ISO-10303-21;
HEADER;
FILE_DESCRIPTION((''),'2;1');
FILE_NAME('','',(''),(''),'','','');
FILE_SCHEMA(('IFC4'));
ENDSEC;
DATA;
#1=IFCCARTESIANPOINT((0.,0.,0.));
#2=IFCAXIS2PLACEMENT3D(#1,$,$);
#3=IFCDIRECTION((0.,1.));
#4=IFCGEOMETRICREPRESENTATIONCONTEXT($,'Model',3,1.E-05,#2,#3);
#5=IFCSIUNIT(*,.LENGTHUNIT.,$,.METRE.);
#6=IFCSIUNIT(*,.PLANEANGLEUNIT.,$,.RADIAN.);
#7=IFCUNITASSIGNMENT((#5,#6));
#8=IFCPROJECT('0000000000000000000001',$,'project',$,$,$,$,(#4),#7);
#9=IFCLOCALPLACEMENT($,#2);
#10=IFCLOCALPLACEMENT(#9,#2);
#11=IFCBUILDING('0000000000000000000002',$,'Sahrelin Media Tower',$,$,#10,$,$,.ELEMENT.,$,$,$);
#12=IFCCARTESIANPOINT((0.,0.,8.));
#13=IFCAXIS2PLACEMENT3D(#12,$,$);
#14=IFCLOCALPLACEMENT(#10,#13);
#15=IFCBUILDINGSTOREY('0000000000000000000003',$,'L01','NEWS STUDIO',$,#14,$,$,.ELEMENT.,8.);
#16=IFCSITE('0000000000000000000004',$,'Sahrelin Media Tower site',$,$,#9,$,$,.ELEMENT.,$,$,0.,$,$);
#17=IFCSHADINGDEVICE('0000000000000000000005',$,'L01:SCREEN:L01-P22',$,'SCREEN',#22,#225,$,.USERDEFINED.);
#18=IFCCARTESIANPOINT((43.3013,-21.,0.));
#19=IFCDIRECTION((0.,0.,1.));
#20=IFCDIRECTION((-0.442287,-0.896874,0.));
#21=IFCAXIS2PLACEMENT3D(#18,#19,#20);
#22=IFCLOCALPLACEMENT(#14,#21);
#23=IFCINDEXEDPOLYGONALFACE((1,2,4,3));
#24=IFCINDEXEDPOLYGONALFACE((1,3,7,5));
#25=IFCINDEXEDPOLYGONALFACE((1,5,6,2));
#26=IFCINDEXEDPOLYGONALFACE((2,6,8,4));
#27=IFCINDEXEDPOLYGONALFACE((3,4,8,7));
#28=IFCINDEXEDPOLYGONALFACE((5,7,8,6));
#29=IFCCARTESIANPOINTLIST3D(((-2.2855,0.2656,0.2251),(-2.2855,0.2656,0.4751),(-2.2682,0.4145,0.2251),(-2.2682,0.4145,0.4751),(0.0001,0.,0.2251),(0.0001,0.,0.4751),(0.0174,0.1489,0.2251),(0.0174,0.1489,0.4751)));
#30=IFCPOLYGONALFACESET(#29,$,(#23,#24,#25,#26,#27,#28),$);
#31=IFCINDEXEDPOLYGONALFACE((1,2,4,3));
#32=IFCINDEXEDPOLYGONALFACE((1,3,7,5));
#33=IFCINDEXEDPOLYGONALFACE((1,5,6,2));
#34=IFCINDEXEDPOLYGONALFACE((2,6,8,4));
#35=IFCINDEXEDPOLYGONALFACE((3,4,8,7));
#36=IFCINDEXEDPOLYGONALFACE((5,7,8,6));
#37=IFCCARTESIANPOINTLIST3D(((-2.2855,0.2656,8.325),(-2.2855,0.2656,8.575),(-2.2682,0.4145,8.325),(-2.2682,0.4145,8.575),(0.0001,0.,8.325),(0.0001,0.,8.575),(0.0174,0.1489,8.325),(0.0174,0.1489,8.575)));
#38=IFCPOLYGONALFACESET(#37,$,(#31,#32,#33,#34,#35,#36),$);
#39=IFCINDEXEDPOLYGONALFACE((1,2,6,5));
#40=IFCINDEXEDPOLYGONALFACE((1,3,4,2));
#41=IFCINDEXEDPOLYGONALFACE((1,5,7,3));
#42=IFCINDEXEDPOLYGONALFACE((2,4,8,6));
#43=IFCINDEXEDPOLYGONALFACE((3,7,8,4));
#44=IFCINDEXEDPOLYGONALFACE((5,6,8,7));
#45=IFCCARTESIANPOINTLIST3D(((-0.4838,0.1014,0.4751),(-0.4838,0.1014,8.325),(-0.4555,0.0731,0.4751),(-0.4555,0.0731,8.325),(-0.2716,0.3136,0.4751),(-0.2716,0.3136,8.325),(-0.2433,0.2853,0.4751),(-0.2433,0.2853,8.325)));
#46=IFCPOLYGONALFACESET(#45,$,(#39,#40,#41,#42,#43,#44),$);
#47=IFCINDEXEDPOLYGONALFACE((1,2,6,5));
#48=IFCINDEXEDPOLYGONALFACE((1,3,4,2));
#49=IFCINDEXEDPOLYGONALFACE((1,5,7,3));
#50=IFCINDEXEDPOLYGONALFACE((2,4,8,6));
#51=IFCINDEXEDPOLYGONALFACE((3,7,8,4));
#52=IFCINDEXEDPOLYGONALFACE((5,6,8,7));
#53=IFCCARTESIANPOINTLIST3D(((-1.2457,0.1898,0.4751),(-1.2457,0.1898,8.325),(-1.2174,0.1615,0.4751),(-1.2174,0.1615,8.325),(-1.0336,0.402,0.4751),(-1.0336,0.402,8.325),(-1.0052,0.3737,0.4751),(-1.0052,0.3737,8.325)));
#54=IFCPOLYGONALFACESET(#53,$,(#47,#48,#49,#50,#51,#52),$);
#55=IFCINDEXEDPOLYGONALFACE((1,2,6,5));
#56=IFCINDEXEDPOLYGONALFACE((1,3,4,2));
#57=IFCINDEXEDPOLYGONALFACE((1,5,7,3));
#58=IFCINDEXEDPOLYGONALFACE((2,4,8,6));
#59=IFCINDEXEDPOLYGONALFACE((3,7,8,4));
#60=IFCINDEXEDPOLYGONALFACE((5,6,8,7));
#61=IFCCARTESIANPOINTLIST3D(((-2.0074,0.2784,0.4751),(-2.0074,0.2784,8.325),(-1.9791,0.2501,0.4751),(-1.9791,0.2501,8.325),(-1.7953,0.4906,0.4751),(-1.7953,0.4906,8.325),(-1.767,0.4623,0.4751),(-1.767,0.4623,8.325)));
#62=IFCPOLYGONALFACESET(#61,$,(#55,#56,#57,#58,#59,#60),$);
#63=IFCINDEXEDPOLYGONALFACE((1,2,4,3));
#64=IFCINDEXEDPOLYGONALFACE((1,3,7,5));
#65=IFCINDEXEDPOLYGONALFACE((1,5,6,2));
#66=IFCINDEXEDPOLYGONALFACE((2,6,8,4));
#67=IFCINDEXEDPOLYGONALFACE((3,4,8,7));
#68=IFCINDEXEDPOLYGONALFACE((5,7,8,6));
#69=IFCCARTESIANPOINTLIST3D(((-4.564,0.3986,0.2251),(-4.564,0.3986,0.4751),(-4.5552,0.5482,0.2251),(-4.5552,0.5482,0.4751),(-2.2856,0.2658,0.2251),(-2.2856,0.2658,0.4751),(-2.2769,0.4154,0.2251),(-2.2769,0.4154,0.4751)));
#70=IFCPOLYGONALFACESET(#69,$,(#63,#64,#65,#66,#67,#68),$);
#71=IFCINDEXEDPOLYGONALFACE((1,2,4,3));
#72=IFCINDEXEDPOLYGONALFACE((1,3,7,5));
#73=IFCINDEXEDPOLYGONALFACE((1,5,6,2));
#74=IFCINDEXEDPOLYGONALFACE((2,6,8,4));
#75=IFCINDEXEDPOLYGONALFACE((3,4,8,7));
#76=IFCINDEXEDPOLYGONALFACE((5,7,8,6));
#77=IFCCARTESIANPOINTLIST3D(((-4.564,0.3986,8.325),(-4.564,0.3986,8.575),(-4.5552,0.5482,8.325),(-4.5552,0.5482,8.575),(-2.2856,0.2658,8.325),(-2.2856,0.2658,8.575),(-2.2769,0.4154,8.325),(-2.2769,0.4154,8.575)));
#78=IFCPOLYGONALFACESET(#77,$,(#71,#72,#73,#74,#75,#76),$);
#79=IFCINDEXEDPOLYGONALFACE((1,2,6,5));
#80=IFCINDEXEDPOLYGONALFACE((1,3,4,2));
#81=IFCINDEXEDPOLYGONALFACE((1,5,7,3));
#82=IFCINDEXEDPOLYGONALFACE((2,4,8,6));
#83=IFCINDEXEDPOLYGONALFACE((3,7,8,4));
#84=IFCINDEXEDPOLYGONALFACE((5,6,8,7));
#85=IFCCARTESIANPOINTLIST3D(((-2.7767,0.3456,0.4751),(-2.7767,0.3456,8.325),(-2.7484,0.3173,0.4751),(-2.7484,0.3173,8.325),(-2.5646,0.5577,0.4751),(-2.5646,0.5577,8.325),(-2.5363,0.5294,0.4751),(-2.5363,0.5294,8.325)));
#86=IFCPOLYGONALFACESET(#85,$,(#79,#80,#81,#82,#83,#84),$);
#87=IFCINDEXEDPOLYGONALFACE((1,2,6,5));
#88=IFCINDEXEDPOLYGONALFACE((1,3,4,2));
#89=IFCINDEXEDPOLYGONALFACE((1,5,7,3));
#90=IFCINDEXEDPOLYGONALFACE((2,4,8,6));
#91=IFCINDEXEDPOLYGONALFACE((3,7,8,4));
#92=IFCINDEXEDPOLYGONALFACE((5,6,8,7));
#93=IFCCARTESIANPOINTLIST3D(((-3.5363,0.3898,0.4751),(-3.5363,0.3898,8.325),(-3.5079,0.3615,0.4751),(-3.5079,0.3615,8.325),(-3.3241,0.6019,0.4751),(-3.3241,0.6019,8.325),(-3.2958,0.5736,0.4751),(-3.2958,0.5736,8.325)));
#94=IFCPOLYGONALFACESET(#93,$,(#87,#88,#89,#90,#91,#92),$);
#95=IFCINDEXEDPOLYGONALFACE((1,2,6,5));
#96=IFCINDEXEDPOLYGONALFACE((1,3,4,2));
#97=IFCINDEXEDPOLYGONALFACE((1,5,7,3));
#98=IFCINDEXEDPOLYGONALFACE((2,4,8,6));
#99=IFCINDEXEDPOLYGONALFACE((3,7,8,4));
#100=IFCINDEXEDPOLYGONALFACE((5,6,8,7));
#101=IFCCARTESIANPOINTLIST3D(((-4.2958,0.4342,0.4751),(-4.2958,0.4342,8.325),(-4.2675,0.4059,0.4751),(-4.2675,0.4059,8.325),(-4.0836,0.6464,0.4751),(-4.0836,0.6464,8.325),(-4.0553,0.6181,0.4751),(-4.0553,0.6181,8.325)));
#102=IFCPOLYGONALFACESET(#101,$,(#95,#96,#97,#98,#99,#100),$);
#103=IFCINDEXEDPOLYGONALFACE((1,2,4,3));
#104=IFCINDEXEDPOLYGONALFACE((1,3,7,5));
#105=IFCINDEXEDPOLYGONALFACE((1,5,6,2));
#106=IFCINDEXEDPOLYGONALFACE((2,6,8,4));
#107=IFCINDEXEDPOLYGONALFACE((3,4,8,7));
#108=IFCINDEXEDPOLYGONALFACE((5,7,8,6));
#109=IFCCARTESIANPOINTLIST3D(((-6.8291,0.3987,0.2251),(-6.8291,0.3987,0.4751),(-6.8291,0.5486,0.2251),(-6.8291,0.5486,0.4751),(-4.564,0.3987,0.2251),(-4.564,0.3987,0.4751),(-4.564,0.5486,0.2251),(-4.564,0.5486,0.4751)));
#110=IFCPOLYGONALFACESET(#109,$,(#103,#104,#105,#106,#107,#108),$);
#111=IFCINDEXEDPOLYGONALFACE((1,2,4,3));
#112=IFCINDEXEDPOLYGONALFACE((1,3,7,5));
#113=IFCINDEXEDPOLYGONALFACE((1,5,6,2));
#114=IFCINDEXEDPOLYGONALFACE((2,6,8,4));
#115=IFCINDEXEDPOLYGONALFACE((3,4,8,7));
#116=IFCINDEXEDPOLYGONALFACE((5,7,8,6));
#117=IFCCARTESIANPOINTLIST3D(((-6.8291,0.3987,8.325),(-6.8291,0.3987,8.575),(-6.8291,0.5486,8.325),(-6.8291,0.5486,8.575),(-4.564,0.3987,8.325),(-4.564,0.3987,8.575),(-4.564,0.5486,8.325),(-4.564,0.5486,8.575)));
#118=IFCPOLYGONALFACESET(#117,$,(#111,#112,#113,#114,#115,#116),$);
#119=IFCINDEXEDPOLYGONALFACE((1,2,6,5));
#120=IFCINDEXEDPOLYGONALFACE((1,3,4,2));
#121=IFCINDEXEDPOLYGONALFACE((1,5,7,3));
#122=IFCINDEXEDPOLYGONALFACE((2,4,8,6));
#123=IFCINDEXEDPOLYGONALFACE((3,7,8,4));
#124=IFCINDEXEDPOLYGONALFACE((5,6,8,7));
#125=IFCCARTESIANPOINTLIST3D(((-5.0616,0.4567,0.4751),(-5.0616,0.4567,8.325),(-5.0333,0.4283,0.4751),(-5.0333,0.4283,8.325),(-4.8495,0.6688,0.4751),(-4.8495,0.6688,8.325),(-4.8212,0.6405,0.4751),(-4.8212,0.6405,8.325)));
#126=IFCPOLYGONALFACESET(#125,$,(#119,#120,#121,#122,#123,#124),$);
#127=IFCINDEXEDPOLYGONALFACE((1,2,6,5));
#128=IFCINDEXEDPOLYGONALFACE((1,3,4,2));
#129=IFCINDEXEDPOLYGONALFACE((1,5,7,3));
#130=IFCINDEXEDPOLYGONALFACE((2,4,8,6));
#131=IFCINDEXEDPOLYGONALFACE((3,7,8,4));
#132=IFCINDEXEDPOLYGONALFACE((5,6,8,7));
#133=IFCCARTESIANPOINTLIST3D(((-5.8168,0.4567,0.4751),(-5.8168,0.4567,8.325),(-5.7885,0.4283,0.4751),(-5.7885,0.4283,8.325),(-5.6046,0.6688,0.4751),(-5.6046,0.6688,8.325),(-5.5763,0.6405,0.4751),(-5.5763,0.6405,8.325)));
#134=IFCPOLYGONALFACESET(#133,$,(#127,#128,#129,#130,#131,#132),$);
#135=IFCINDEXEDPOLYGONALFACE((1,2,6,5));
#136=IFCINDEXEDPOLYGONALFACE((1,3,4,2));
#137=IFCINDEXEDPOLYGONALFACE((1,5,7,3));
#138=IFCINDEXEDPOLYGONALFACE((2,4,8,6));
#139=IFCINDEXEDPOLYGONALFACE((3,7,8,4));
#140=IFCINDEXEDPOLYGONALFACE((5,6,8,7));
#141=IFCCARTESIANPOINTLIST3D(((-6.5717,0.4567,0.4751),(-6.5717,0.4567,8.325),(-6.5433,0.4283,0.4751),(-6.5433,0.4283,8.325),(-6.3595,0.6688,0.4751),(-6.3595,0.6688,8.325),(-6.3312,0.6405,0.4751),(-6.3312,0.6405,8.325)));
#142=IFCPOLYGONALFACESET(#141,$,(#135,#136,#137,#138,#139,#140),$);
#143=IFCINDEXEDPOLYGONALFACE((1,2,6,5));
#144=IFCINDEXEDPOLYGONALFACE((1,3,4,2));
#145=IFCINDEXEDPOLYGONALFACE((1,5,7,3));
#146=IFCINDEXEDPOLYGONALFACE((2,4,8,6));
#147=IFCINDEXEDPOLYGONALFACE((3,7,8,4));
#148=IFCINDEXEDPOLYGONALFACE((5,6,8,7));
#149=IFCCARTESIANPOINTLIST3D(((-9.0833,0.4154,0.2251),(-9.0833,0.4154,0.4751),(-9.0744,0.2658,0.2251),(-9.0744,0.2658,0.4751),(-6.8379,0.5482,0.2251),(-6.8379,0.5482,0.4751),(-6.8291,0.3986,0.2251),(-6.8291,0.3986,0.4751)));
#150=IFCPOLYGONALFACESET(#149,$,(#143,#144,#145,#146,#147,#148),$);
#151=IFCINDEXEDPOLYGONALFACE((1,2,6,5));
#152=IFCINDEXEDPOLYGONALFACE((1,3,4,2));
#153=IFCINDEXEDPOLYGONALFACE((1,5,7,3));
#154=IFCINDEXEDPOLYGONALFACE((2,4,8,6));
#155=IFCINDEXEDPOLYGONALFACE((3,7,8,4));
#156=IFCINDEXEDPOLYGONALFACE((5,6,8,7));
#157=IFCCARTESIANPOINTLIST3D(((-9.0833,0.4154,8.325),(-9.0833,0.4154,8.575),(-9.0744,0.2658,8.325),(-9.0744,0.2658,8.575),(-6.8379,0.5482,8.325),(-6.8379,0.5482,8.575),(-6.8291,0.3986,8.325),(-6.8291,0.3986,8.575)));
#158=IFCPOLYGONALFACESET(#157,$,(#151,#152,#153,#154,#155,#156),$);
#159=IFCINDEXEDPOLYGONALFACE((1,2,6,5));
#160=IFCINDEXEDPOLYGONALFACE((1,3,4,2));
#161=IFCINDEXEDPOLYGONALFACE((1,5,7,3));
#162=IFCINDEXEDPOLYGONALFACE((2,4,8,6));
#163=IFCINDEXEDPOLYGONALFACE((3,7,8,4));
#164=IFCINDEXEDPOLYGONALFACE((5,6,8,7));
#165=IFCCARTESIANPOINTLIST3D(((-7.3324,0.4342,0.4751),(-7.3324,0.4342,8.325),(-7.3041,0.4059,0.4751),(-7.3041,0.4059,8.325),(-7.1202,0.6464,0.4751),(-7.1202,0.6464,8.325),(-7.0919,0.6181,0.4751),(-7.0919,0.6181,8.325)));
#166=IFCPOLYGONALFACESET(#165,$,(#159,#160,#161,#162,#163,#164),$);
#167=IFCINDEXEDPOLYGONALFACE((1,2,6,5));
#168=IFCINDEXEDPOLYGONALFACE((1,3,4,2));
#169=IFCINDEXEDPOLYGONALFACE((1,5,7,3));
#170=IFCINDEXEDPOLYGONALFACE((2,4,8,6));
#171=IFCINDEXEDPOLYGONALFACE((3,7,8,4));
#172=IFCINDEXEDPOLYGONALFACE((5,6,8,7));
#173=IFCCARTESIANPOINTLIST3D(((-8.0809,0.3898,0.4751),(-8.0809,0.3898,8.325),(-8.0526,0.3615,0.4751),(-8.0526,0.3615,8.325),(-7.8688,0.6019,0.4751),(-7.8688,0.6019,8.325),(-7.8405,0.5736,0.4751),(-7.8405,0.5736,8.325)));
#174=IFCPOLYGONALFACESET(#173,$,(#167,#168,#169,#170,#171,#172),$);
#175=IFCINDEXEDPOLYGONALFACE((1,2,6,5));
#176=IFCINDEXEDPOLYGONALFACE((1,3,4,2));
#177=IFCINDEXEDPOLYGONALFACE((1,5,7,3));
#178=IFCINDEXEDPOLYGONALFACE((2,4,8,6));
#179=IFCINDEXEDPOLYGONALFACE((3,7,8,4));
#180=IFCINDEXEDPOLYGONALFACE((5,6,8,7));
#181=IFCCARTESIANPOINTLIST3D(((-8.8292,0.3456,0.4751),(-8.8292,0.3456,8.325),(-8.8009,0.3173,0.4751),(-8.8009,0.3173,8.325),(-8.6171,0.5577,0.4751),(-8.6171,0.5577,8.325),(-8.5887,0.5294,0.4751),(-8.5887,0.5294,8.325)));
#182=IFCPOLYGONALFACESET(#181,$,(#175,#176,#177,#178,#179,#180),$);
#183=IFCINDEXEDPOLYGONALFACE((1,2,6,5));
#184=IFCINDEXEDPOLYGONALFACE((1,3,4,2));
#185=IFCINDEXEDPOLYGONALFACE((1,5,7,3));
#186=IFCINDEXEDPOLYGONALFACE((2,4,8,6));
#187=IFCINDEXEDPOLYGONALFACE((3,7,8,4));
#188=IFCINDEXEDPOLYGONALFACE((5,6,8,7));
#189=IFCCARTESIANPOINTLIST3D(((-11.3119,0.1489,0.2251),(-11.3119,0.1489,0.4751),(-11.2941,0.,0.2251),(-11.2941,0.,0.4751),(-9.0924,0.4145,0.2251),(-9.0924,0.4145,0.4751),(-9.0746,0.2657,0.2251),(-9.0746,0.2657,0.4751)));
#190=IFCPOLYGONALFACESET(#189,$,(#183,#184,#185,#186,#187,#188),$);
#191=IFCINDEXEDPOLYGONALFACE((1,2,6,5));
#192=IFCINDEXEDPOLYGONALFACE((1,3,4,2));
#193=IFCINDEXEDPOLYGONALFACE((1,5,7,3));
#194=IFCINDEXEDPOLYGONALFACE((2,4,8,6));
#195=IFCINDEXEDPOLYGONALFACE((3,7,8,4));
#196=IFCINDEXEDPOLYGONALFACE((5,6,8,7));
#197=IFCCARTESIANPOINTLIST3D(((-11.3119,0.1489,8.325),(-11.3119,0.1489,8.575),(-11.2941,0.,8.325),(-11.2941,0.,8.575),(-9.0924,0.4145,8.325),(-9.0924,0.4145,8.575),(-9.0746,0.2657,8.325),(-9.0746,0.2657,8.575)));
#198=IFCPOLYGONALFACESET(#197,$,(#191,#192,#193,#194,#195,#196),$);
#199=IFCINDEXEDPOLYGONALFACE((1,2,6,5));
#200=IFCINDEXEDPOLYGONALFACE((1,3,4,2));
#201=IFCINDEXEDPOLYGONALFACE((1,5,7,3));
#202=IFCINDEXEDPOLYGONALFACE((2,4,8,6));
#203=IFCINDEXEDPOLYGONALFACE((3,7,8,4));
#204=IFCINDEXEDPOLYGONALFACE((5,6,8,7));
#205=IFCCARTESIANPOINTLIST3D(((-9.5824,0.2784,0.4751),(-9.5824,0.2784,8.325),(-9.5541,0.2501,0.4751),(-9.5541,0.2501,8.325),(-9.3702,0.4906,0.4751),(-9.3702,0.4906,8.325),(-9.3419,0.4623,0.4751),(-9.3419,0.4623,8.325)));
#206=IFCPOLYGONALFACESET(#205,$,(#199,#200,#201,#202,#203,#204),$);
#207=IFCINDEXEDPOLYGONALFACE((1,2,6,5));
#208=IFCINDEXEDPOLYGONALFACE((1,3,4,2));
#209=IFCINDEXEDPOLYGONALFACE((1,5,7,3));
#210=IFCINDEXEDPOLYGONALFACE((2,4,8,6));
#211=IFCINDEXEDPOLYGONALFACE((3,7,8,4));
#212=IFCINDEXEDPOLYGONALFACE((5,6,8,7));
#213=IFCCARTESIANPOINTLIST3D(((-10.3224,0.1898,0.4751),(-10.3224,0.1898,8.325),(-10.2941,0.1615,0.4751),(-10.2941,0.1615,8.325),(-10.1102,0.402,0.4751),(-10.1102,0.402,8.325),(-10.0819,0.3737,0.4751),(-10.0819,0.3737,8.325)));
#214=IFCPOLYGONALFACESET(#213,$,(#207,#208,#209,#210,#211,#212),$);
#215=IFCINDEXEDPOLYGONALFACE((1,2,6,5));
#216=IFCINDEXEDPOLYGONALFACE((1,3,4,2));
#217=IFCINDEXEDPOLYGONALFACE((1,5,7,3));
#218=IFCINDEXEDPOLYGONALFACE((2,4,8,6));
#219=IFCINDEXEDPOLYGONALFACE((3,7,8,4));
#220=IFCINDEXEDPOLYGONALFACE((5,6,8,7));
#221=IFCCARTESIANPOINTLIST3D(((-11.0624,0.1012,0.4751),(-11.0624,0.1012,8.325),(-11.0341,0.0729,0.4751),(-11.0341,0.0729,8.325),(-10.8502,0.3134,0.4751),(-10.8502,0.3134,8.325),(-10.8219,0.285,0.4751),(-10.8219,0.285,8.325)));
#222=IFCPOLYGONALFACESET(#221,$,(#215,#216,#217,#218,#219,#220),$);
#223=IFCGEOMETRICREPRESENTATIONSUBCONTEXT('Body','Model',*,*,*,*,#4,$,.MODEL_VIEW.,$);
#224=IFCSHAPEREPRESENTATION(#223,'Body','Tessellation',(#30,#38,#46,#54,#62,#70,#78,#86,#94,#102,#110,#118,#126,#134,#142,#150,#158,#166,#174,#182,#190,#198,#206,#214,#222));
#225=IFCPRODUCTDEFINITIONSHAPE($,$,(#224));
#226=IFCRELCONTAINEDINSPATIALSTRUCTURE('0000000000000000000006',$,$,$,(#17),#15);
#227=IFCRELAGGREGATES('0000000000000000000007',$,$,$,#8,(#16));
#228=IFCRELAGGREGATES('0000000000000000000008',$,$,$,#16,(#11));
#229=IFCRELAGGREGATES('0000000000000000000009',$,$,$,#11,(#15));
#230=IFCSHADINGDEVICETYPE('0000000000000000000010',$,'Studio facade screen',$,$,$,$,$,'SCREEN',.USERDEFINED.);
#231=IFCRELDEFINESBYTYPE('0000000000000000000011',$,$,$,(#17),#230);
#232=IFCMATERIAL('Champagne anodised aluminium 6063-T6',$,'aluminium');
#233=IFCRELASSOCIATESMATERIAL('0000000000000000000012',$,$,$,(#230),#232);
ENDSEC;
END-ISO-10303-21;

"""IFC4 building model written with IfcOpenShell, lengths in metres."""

from ifc_helpers import new_model, si_unit, direction, frame, origin, origin_2d, place, context, subcontext, project, spatial, rectangle, extrude, material, type_object, element, save


model = new_model("IFC4")

# Units and contexts
model_context = context("Model", 3, precision=1e-05, world=origin(), true_north=direction((0.0, 1.0)))
body_context = subcontext(model_context, "Body", "Model", "MODEL_VIEW")
ifc_project = project(units=[si_unit("LENGTHUNIT", "METRE"), si_unit("PLANEANGLEUNIT", "RADIAN")], contexts=[model_context])

# Site, building, storey
site_placement = place(None, origin())
site = spatial("IfcSite", under=ifc_project, at=site_placement, Name="Sahrelin Media Tower site", CompositionType="ELEMENT", RefElevation=0.0)
building_placement = place(site_placement, origin())
building = spatial("IfcBuilding", under=site, at=building_placement, Name="Sahrelin Media Tower", CompositionType="ELEMENT")
storey_placement = place(building_placement, frame((0.0, 0.0, 8.0)))
storey = spatial("IfcBuildingStorey", under=building, at=storey_placement, Name="L01", Description="NEWS STUDIO", CompositionType="ELEMENT", Elevation=8.0)

# Shading device
ifc_material_1 = material(Name="Champagne anodised aluminium 6063-T6", Category="aluminium")
shading_device_type = type_object("IfcShadingDeviceType", Name="Studio facade screen", ElementType="SCREEN", PredefinedType="USERDEFINED", material=ifc_material_1)
shading_device_1_placement = place(storey_placement, frame((43.3013, -21.0, 0.0), z_axis=(0.0, 0.0, 1.0), x_axis=(-0.442287, -0.896874, 0.0)))
element("IfcShadingDevice", 1, at=shading_device_1_placement, inside=storey, type_object=shading_device_type, Name="L01:SCREEN:L01-P22", ObjectType="SCREEN", PredefinedType="USERDEFINED", context=body_context, shape_type="SweptSolid", body=[
    extrude(rectangle(XDim=0.1499, YDim=0.25, at=origin_2d()), frame((0.0088, 0.0745, 0.3501), z_axis=(-0.993315, 0.115438, 0.0), x_axis=(-0.115438, -0.993315, 0.0)), (0.0, 0.0, 1.0), 2.301),
    extrude(rectangle(XDim=0.1499, YDim=0.25, at=origin_2d()), frame((0.0088, 0.0745, 8.45), z_axis=(-0.993315, 0.115438, 0.0), x_axis=(-0.115438, -0.993315, 0.0)), (0.0, 0.0, 1.0), 2.301),
    extrude(rectangle(XDim=0.3, YDim=0.04, at=origin_2d()), frame((-0.3635, 0.1934, 0.4751), z_axis=(0.0, 0.0, 1.0), x_axis=(0.707107, 0.707107, 0.0)), (0.0, 0.0, 1.0), 7.8499),
    extrude(rectangle(XDim=0.3, YDim=0.04, at=origin_2d()), frame((-1.1255, 0.2817, 0.4751), z_axis=(0.0, 0.0, 1.0), x_axis=(0.707107, 0.707107, 0.0)), (0.0, 0.0, 1.0), 7.8499),
    extrude(rectangle(XDim=0.3, YDim=0.04, at=origin_2d()), frame((-1.8872, 0.3704, 0.4751), z_axis=(0.0, 0.0, 1.0), x_axis=(0.707107, 0.707107, 0.0)), (0.0, 0.0, 1.0), 7.8499),
    extrude(rectangle(XDim=0.1499, YDim=0.25, at=origin_2d()), frame((-2.2812, 0.3406, 0.3501), z_axis=(-0.998305, 0.058195, 0.0), x_axis=(-0.058195, -0.998305, 0.0)), (0.0, 0.0, 1.0), 2.2822),
    extrude(rectangle(XDim=0.1499, YDim=0.25, at=origin_2d()), frame((-2.2812, 0.3406, 8.45), z_axis=(-0.998305, 0.058195, 0.0), x_axis=(-0.058195, -0.998305, 0.0)), (0.0, 0.0, 1.0), 2.2822),
    extrude(rectangle(XDim=0.3, YDim=0.04, at=origin_2d()), frame((-2.6565, 0.4375, 0.4751), z_axis=(0.0, 0.0, 1.0), x_axis=(0.707107, 0.707107, 0.0)), (0.0, 0.0, 1.0), 7.8499),
    extrude(rectangle(XDim=0.3, YDim=0.04, at=origin_2d()), frame((-3.416, 0.4817, 0.4751), z_axis=(0.0, 0.0, 1.0), x_axis=(0.707107, 0.707107, 0.0)), (0.0, 0.0, 1.0), 7.8499),
    extrude(rectangle(XDim=0.3, YDim=0.04, at=origin_2d()), frame((-4.1755, 0.5261, 0.4751), z_axis=(0.0, 0.0, 1.0), x_axis=(0.707107, 0.707107, 0.0)), (0.0, 0.0, 1.0), 7.8499),
    extrude(rectangle(XDim=0.1499, YDim=0.25, at=origin_2d()), frame((-4.564, 0.4736, 0.3501), z_axis=(-1.0, 0.0, 0.0), x_axis=(0.0, -1.0, 0.0)), (0.0, 0.0, 1.0), 2.2651),
    extrude(rectangle(XDim=0.1499, YDim=0.25, at=origin_2d()), frame((-4.564, 0.4736, 8.45), z_axis=(-1.0, 0.0, 0.0), x_axis=(0.0, -1.0, 0.0)), (0.0, 0.0, 1.0), 2.2651),
    extrude(rectangle(XDim=0.3, YDim=0.04, at=origin_2d()), frame((-4.9414, 0.5486, 0.4751), z_axis=(0.0, 0.0, 1.0), x_axis=(0.707107, 0.707107, 0.0)), (0.0, 0.0, 1.0), 7.8499),
    extrude(rectangle(XDim=0.3, YDim=0.04, at=origin_2d()), frame((-5.6965, 0.5486, 0.4751), z_axis=(0.0, 0.0, 1.0), x_axis=(0.707107, 0.707107, 0.0)), (0.0, 0.0, 1.0), 7.8499),
    extrude(rectangle(XDim=0.3, YDim=0.04, at=origin_2d()), frame((-6.4514, 0.5486, 0.4751), z_axis=(0.0, 0.0, 1.0), x_axis=(0.707107, 0.707107, 0.0)), (0.0, 0.0, 1.0), 7.8499),
    extrude(rectangle(XDim=0.1499, YDim=0.25, at=origin_2d()), frame((-6.8335, 0.4734, 0.3501), z_axis=(-0.998255, -0.059047, 0.0), x_axis=(0.059047, -0.998255, 0.0)), (0.0, 0.0, 1.0), 2.2493),
    extrude(rectangle(XDim=0.1499, YDim=0.25, at=origin_2d()), frame((-6.8335, 0.4734, 8.45), z_axis=(-0.998255, -0.059047, 0.0), x_axis=(0.059047, -0.998255, 0.0)), (0.0, 0.0, 1.0), 2.2493),
    extrude(rectangle(XDim=0.3, YDim=0.04, at=origin_2d()), frame((-7.2122, 0.5261, 0.4751), z_axis=(0.0, 0.0, 1.0), x_axis=(0.707107, 0.707107, 0.0)), (0.0, 0.0, 1.0), 7.8499),
    extrude(rectangle(XDim=0.3, YDim=0.04, at=origin_2d()), frame((-7.9607, 0.4817, 0.4751), z_axis=(0.0, 0.0, 1.0), x_axis=(0.707107, 0.707107, 0.0)), (0.0, 0.0, 1.0), 7.8499),
    extrude(rectangle(XDim=0.3, YDim=0.04, at=origin_2d()), frame((-8.709, 0.4375, 0.4751), z_axis=(0.0, 0.0, 1.0), x_axis=(0.707107, 0.707107, 0.0)), (0.0, 0.0, 1.0), 7.8499),
    extrude(rectangle(XDim=0.1499, YDim=0.25, at=origin_2d()), frame((-9.0835, 0.3401, 0.3501), z_axis=(-0.992915, -0.118831, 0.0), x_axis=(0.118831, -0.992915, 0.0)), (0.0, 0.0, 1.0), 2.2354),
    extrude(rectangle(XDim=0.1499, YDim=0.25, at=origin_2d()), frame((-9.0835, 0.3401, 8.45), z_axis=(-0.992915, -0.118831, 0.0), x_axis=(0.118831, -0.992915, 0.0)), (0.0, 0.0, 1.0), 2.2354),
    extrude(rectangle(XDim=0.3, YDim=0.04, at=origin_2d()), frame((-9.4622, 0.3704, 0.4751), z_axis=(0.0, 0.0, 1.0), x_axis=(0.707107, 0.707107, 0.0)), (0.0, 0.0, 1.0), 7.8499),
    extrude(rectangle(XDim=0.3, YDim=0.04, at=origin_2d()), frame((-10.2021, 0.2817, 0.4751), z_axis=(0.0, 0.0, 1.0), x_axis=(0.707107, 0.707107, 0.0)), (0.0, 0.0, 1.0), 7.8499),
    extrude(rectangle(XDim=0.3, YDim=0.04, at=origin_2d()), frame((-10.9421, 0.1931, 0.4751), z_axis=(0.0, 0.0, 1.0), x_axis=(0.707107, 0.707107, 0.0)), (0.0, 0.0, 1.0), 7.8499),
])

save(model, "model.ifc")
